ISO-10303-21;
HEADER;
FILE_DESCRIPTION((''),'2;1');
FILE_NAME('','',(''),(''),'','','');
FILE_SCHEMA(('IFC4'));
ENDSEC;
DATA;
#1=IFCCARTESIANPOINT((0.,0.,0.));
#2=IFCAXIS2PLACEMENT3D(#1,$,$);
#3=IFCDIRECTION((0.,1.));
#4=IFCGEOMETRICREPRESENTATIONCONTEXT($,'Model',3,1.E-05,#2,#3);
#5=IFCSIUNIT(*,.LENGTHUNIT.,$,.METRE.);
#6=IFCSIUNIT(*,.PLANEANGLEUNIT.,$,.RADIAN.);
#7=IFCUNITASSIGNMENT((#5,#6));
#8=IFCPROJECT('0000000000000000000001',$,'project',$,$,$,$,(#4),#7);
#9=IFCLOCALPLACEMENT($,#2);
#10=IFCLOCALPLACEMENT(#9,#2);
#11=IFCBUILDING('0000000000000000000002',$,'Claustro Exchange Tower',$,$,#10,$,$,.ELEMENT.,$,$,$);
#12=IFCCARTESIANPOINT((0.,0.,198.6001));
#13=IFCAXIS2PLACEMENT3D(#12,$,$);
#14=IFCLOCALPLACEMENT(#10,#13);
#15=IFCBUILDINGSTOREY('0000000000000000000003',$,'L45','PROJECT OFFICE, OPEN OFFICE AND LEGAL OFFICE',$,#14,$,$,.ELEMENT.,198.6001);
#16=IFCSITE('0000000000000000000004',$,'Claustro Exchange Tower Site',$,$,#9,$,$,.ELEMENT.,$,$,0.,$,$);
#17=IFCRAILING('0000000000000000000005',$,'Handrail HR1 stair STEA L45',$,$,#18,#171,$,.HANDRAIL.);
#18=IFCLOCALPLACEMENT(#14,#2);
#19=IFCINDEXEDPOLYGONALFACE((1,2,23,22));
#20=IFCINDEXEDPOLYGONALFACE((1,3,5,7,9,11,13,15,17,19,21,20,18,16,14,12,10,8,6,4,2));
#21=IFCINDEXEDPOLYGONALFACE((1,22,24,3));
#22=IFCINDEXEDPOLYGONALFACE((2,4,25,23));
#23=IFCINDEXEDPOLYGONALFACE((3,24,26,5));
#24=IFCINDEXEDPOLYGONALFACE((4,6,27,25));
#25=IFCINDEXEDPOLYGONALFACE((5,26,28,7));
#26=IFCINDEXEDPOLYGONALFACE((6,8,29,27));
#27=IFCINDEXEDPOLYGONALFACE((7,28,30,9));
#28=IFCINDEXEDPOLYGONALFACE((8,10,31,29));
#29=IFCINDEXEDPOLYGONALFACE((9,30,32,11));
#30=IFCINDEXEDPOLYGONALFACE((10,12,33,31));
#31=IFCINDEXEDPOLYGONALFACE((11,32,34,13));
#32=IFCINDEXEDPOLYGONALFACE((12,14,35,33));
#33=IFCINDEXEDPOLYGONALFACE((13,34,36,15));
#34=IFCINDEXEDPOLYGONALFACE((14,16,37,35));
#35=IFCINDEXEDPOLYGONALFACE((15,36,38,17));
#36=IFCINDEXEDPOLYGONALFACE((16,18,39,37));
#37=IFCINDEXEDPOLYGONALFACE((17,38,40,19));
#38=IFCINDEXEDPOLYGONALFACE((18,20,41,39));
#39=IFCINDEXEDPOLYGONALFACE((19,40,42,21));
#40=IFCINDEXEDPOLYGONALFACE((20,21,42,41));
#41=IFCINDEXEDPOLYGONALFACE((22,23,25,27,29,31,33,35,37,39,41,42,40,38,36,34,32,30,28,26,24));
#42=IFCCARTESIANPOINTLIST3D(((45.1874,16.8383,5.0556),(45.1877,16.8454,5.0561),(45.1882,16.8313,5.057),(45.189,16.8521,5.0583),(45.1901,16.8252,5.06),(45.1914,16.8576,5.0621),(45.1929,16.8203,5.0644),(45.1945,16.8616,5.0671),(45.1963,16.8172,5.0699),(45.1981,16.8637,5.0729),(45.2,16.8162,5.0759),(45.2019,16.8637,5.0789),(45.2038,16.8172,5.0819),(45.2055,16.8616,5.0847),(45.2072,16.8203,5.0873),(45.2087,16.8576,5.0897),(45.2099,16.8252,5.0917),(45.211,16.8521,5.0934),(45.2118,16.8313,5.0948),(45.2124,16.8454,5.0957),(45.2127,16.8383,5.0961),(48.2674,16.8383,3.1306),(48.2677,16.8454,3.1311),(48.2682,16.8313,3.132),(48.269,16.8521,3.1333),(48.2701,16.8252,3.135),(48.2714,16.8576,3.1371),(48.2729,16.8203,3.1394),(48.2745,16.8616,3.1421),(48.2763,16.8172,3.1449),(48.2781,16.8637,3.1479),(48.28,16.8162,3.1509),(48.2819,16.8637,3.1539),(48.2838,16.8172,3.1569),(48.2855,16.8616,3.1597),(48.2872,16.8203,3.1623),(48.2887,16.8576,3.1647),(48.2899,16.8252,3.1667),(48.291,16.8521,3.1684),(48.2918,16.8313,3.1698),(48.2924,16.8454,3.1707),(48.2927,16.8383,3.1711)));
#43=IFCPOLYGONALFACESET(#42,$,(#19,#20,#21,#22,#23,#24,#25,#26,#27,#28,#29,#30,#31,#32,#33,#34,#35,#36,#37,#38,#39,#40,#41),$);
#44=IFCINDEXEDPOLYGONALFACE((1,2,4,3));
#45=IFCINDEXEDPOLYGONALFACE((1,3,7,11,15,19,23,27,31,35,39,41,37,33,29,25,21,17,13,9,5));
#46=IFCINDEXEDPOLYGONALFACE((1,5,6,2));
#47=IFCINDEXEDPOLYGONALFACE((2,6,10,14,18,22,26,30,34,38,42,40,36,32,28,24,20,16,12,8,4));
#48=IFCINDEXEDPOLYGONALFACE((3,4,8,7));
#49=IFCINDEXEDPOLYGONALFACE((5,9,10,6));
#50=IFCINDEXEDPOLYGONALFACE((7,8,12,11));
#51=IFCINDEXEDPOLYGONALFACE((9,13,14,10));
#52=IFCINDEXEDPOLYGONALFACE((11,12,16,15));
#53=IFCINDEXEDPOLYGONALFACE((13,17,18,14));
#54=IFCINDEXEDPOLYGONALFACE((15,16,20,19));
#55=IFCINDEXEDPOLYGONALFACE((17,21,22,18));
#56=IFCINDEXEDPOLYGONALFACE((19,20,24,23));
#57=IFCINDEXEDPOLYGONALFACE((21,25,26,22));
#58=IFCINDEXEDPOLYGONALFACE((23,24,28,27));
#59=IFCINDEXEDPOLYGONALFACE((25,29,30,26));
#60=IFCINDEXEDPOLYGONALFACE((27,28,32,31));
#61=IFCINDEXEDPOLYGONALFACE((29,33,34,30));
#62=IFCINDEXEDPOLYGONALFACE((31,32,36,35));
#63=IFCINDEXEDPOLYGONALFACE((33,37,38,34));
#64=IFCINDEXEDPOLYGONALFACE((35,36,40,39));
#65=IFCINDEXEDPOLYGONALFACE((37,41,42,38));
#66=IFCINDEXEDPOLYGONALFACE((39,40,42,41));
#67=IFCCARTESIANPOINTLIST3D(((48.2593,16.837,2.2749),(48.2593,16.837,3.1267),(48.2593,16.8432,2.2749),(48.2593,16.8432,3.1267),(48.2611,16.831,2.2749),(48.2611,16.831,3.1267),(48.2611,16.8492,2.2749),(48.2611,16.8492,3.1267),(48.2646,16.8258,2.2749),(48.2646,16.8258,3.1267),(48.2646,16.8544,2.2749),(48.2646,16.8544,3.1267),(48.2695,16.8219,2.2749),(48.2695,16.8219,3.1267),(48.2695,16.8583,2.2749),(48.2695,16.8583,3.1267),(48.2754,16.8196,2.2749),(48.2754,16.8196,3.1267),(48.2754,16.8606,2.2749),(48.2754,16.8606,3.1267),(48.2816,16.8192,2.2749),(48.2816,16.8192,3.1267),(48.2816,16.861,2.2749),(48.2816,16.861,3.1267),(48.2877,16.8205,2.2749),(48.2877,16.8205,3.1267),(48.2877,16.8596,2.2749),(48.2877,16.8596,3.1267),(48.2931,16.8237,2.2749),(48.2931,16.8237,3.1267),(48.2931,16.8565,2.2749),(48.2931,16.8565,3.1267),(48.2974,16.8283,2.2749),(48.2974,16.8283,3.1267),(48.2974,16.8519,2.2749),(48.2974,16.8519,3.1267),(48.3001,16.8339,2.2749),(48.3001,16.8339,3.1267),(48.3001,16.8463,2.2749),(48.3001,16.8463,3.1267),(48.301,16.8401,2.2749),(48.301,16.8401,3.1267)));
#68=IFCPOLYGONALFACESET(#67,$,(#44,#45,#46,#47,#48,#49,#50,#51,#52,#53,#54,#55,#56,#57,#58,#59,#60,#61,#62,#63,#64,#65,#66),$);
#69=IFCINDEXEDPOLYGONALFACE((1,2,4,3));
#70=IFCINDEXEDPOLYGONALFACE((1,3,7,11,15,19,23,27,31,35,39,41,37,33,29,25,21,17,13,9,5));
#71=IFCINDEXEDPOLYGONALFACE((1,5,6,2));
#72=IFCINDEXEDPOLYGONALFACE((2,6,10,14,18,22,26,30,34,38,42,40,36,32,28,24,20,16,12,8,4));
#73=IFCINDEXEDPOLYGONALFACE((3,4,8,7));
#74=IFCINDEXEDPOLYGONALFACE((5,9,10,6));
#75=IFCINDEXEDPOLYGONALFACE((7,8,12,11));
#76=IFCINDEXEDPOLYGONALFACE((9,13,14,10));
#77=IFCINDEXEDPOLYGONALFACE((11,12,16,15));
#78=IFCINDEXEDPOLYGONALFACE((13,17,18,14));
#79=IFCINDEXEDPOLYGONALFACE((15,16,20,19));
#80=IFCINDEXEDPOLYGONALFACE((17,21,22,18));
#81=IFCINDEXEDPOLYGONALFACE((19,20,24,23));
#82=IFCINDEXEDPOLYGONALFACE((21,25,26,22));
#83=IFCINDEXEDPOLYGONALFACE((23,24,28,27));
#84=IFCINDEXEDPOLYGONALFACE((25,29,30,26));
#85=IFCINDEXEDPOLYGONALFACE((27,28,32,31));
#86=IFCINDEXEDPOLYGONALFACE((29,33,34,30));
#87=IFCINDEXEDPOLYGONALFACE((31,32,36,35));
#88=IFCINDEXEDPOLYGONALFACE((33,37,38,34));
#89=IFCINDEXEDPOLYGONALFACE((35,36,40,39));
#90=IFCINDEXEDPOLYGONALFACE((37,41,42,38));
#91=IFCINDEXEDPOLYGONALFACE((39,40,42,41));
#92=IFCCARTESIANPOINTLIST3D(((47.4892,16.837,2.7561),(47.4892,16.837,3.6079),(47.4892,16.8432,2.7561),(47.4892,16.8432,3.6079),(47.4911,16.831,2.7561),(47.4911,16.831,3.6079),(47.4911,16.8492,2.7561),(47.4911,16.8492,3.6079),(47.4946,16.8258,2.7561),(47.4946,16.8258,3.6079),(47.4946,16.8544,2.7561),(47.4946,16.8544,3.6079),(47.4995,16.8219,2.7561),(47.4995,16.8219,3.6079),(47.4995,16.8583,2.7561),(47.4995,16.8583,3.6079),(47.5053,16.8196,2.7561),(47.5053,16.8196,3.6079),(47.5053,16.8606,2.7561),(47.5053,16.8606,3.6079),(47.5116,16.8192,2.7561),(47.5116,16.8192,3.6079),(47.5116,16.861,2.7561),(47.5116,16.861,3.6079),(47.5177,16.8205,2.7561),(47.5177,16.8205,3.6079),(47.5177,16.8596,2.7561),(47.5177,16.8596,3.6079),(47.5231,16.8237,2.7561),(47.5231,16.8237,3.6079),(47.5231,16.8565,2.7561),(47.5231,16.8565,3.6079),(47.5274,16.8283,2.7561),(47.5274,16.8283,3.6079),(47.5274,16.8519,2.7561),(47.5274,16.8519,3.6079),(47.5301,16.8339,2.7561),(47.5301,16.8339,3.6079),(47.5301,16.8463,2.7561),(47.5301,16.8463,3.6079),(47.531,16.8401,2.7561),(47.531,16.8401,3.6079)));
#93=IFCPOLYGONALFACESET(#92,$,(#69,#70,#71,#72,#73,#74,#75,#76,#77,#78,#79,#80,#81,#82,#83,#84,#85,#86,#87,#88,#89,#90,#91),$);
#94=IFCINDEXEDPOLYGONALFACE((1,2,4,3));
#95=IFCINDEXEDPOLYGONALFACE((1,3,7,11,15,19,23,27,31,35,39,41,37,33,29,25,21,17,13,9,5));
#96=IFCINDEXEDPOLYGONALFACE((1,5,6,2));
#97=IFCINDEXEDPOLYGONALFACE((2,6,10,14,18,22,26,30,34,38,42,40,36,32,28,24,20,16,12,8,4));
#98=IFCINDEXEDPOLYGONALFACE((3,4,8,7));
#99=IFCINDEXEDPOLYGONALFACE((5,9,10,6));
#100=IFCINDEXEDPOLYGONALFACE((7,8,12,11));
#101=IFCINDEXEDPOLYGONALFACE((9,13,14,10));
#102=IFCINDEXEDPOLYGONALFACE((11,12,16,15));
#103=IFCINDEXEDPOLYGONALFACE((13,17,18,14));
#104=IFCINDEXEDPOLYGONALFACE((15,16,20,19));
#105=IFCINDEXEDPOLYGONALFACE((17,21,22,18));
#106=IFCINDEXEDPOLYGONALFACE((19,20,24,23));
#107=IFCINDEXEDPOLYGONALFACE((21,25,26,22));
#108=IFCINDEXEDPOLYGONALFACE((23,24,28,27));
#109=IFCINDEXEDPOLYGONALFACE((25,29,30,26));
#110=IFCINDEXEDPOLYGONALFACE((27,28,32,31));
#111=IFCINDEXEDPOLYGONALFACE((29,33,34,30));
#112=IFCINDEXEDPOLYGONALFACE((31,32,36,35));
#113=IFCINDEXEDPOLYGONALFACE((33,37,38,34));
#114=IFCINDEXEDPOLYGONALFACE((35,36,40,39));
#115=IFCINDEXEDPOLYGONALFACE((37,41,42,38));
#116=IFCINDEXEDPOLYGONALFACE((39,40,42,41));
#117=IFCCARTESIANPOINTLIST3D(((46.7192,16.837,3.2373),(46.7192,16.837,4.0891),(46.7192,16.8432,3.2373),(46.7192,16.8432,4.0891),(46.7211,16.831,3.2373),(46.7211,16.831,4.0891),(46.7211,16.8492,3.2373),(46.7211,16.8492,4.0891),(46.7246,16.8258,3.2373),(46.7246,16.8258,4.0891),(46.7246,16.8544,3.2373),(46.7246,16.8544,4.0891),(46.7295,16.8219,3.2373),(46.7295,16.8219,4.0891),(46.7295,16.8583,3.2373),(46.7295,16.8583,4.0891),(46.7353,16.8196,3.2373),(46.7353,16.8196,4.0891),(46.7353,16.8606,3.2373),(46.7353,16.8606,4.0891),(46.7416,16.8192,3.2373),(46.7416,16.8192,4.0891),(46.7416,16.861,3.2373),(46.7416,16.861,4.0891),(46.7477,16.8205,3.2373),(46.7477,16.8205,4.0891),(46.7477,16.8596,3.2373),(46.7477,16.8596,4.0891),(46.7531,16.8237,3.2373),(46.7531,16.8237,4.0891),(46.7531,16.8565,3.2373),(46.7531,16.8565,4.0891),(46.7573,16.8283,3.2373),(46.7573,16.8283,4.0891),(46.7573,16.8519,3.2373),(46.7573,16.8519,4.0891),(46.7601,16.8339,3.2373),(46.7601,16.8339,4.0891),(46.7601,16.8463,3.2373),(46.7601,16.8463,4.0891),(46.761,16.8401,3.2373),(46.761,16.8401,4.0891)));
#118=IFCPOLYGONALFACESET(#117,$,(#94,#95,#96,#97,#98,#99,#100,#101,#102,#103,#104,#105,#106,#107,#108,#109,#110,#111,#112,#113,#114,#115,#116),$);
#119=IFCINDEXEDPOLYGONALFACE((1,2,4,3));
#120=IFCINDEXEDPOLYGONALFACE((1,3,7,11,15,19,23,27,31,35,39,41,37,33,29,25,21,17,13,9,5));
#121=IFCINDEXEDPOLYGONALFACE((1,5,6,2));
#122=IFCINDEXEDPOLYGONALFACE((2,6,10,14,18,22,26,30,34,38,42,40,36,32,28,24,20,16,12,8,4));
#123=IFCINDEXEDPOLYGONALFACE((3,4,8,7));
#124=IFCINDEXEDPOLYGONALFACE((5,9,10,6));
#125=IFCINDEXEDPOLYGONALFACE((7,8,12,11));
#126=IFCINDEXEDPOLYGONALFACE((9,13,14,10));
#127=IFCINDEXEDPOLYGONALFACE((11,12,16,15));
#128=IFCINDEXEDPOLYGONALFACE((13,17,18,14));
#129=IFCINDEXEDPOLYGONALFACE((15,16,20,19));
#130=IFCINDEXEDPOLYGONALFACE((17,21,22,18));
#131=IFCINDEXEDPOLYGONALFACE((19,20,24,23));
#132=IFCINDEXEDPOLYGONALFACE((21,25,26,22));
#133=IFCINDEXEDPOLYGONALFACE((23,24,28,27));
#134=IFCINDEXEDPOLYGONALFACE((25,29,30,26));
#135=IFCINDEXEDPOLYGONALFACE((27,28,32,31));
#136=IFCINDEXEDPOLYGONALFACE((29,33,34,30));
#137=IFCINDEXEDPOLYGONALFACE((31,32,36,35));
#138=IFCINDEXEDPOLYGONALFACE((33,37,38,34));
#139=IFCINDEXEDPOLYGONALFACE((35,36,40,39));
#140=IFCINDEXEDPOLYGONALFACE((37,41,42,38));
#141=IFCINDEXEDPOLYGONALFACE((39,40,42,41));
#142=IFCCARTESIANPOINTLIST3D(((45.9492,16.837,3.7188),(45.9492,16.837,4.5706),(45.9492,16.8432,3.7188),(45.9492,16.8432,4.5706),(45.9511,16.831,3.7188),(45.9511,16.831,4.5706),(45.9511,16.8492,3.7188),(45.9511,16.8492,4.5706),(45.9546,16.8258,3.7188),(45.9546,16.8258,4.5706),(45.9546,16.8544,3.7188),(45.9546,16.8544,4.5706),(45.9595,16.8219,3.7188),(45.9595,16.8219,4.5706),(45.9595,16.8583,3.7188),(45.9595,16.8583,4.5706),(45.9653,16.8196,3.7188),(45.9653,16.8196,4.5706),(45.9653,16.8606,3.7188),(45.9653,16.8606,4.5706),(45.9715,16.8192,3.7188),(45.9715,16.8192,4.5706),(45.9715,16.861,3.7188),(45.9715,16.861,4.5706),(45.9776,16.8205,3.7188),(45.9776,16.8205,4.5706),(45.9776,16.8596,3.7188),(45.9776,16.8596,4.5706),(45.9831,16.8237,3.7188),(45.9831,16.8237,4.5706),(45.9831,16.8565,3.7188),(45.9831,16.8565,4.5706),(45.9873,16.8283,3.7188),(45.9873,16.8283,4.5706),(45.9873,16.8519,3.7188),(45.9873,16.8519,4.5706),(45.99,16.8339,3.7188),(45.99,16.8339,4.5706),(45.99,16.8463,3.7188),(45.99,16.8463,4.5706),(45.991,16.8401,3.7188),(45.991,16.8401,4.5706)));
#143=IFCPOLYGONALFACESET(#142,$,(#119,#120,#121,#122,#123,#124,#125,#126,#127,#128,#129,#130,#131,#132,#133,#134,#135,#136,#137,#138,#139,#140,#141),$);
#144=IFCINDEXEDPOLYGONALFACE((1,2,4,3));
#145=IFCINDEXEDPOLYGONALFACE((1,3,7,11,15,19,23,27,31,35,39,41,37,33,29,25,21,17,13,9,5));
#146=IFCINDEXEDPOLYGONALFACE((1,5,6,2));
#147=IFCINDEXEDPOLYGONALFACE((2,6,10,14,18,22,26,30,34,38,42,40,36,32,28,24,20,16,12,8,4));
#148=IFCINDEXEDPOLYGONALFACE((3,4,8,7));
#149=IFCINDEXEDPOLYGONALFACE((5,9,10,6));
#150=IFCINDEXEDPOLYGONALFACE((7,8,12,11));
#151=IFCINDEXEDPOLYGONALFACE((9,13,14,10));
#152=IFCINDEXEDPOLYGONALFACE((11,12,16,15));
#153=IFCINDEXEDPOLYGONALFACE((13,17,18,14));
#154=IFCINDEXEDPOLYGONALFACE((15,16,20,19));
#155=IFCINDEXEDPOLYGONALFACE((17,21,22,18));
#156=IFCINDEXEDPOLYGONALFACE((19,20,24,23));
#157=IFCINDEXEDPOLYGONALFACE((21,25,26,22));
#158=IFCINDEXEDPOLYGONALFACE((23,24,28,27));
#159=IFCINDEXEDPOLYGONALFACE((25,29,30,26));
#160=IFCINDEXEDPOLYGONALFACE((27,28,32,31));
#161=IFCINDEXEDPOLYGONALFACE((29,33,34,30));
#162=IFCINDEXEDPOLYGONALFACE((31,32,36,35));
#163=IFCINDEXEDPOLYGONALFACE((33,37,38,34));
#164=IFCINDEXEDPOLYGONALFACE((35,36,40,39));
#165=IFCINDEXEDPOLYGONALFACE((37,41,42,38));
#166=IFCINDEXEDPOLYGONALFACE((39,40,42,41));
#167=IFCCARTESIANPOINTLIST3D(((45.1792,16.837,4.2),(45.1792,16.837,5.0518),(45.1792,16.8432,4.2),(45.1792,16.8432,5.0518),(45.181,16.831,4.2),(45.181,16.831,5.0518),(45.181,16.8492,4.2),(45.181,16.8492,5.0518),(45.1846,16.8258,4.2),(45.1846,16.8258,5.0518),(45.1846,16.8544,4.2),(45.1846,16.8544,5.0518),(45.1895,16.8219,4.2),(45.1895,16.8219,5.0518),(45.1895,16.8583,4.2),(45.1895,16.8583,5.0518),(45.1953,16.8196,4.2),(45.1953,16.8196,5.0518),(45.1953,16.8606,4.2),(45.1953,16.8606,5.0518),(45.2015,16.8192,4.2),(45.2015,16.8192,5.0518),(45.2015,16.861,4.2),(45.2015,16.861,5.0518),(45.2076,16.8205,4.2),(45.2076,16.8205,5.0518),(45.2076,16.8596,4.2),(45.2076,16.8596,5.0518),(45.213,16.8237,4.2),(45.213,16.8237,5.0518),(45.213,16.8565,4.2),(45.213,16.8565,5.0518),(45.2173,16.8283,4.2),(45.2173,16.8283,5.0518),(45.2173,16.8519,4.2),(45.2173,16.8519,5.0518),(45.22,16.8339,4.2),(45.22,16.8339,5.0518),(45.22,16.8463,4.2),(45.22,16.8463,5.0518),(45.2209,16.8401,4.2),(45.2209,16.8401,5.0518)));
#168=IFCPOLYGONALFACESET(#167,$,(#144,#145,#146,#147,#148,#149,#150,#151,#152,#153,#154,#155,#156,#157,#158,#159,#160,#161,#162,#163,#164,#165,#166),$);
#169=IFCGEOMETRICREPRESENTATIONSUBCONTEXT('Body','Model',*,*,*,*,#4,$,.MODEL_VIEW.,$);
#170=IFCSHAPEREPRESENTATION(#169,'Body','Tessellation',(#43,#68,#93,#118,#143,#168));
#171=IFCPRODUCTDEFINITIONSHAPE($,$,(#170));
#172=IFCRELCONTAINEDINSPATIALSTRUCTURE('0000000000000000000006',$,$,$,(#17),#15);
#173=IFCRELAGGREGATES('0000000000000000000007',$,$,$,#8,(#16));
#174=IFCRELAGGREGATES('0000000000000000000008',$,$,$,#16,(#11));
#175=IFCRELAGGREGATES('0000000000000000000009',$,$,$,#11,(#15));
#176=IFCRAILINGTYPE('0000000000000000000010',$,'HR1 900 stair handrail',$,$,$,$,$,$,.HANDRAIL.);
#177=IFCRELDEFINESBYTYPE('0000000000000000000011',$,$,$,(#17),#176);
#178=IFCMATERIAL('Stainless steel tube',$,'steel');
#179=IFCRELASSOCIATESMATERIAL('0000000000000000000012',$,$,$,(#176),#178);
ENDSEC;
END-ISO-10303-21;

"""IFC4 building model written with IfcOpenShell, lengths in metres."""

from ifc_helpers import new_model, si_unit, direction, frame, origin, origin_2d, place, context, subcontext, project, spatial, circle, extrude, material, type_object, element, save


model = new_model("IFC4")

# Units and contexts
model_context = context("Model", 3, precision=1e-05, world=origin(), true_north=direction((0.0, 1.0)))
body_context = subcontext(model_context, "Body", "Model", "MODEL_VIEW")
ifc_project = project(units=[si_unit("LENGTHUNIT", "METRE"), si_unit("PLANEANGLEUNIT", "RADIAN")], contexts=[model_context])

# Site, building, storey
site_placement = place(None, origin())
site = spatial("IfcSite", under=ifc_project, at=site_placement, Name="Claustro Exchange Tower Site", CompositionType="ELEMENT", RefElevation=0.0)
building_placement = place(site_placement, origin())
building = spatial("IfcBuilding", under=site, at=building_placement, Name="Claustro Exchange Tower", CompositionType="ELEMENT")
storey_placement = place(building_placement, frame((0.0, 0.0, 198.6001)))
storey = spatial("IfcBuildingStorey", under=building, at=storey_placement, Name="L45", Description="PROJECT OFFICE, OPEN OFFICE AND LEGAL OFFICE", CompositionType="ELEMENT", Elevation=198.6001)

# Railing
ifc_material_1 = material(Name="Stainless steel tube", Category="steel")
railing_type_1 = type_object("IfcRailingType", Name="HR1 900 stair handrail", PredefinedType="HANDRAIL", material=ifc_material_1)
railing_1_placement = place(storey_placement, frame((48.28, 16.8401, 2.2749)))
element("IfcRailing", 1, at=railing_1_placement, inside=storey, type_object=railing_type_1, Name="Handrail HR1 stair STEA L45", PredefinedType="HANDRAIL", context=body_context, shape_type="SweptSolid", body=[
    extrude(circle(Radius=0.0239, at=origin_2d()), frame((0.0, 0.0, 0.876), z_axis=(-0.847998, 0.0, 0.529999), x_axis=(0.0, -1.0, 0.0)), (0.0, 0.0, 1.0), 3.6321),
    extrude(circle(Radius=0.021, at=origin_2d()), origin(), (0.0, 0.0, 1.0), 0.8518),
    extrude(circle(Radius=0.021, at=origin_2d()), frame((-0.77, 0.0, 0.4812)), (0.0, 0.0, 1.0), 0.8518),
    extrude(circle(Radius=0.021, at=origin_2d()), frame((-1.54, 0.0, 0.9624)), (0.0, 0.0, 1.0), 0.8518),
    extrude(circle(Radius=0.021, at=origin_2d()), frame((-2.3101, 0.0, 1.4438)), (0.0, 0.0, 1.0), 0.8518),
    extrude(circle(Radius=0.021, at=origin_2d()), frame((-3.0801, 0.0, 1.925)), (0.0, 0.0, 1.0), 0.8518),
])

save(model, "model.ifc")
